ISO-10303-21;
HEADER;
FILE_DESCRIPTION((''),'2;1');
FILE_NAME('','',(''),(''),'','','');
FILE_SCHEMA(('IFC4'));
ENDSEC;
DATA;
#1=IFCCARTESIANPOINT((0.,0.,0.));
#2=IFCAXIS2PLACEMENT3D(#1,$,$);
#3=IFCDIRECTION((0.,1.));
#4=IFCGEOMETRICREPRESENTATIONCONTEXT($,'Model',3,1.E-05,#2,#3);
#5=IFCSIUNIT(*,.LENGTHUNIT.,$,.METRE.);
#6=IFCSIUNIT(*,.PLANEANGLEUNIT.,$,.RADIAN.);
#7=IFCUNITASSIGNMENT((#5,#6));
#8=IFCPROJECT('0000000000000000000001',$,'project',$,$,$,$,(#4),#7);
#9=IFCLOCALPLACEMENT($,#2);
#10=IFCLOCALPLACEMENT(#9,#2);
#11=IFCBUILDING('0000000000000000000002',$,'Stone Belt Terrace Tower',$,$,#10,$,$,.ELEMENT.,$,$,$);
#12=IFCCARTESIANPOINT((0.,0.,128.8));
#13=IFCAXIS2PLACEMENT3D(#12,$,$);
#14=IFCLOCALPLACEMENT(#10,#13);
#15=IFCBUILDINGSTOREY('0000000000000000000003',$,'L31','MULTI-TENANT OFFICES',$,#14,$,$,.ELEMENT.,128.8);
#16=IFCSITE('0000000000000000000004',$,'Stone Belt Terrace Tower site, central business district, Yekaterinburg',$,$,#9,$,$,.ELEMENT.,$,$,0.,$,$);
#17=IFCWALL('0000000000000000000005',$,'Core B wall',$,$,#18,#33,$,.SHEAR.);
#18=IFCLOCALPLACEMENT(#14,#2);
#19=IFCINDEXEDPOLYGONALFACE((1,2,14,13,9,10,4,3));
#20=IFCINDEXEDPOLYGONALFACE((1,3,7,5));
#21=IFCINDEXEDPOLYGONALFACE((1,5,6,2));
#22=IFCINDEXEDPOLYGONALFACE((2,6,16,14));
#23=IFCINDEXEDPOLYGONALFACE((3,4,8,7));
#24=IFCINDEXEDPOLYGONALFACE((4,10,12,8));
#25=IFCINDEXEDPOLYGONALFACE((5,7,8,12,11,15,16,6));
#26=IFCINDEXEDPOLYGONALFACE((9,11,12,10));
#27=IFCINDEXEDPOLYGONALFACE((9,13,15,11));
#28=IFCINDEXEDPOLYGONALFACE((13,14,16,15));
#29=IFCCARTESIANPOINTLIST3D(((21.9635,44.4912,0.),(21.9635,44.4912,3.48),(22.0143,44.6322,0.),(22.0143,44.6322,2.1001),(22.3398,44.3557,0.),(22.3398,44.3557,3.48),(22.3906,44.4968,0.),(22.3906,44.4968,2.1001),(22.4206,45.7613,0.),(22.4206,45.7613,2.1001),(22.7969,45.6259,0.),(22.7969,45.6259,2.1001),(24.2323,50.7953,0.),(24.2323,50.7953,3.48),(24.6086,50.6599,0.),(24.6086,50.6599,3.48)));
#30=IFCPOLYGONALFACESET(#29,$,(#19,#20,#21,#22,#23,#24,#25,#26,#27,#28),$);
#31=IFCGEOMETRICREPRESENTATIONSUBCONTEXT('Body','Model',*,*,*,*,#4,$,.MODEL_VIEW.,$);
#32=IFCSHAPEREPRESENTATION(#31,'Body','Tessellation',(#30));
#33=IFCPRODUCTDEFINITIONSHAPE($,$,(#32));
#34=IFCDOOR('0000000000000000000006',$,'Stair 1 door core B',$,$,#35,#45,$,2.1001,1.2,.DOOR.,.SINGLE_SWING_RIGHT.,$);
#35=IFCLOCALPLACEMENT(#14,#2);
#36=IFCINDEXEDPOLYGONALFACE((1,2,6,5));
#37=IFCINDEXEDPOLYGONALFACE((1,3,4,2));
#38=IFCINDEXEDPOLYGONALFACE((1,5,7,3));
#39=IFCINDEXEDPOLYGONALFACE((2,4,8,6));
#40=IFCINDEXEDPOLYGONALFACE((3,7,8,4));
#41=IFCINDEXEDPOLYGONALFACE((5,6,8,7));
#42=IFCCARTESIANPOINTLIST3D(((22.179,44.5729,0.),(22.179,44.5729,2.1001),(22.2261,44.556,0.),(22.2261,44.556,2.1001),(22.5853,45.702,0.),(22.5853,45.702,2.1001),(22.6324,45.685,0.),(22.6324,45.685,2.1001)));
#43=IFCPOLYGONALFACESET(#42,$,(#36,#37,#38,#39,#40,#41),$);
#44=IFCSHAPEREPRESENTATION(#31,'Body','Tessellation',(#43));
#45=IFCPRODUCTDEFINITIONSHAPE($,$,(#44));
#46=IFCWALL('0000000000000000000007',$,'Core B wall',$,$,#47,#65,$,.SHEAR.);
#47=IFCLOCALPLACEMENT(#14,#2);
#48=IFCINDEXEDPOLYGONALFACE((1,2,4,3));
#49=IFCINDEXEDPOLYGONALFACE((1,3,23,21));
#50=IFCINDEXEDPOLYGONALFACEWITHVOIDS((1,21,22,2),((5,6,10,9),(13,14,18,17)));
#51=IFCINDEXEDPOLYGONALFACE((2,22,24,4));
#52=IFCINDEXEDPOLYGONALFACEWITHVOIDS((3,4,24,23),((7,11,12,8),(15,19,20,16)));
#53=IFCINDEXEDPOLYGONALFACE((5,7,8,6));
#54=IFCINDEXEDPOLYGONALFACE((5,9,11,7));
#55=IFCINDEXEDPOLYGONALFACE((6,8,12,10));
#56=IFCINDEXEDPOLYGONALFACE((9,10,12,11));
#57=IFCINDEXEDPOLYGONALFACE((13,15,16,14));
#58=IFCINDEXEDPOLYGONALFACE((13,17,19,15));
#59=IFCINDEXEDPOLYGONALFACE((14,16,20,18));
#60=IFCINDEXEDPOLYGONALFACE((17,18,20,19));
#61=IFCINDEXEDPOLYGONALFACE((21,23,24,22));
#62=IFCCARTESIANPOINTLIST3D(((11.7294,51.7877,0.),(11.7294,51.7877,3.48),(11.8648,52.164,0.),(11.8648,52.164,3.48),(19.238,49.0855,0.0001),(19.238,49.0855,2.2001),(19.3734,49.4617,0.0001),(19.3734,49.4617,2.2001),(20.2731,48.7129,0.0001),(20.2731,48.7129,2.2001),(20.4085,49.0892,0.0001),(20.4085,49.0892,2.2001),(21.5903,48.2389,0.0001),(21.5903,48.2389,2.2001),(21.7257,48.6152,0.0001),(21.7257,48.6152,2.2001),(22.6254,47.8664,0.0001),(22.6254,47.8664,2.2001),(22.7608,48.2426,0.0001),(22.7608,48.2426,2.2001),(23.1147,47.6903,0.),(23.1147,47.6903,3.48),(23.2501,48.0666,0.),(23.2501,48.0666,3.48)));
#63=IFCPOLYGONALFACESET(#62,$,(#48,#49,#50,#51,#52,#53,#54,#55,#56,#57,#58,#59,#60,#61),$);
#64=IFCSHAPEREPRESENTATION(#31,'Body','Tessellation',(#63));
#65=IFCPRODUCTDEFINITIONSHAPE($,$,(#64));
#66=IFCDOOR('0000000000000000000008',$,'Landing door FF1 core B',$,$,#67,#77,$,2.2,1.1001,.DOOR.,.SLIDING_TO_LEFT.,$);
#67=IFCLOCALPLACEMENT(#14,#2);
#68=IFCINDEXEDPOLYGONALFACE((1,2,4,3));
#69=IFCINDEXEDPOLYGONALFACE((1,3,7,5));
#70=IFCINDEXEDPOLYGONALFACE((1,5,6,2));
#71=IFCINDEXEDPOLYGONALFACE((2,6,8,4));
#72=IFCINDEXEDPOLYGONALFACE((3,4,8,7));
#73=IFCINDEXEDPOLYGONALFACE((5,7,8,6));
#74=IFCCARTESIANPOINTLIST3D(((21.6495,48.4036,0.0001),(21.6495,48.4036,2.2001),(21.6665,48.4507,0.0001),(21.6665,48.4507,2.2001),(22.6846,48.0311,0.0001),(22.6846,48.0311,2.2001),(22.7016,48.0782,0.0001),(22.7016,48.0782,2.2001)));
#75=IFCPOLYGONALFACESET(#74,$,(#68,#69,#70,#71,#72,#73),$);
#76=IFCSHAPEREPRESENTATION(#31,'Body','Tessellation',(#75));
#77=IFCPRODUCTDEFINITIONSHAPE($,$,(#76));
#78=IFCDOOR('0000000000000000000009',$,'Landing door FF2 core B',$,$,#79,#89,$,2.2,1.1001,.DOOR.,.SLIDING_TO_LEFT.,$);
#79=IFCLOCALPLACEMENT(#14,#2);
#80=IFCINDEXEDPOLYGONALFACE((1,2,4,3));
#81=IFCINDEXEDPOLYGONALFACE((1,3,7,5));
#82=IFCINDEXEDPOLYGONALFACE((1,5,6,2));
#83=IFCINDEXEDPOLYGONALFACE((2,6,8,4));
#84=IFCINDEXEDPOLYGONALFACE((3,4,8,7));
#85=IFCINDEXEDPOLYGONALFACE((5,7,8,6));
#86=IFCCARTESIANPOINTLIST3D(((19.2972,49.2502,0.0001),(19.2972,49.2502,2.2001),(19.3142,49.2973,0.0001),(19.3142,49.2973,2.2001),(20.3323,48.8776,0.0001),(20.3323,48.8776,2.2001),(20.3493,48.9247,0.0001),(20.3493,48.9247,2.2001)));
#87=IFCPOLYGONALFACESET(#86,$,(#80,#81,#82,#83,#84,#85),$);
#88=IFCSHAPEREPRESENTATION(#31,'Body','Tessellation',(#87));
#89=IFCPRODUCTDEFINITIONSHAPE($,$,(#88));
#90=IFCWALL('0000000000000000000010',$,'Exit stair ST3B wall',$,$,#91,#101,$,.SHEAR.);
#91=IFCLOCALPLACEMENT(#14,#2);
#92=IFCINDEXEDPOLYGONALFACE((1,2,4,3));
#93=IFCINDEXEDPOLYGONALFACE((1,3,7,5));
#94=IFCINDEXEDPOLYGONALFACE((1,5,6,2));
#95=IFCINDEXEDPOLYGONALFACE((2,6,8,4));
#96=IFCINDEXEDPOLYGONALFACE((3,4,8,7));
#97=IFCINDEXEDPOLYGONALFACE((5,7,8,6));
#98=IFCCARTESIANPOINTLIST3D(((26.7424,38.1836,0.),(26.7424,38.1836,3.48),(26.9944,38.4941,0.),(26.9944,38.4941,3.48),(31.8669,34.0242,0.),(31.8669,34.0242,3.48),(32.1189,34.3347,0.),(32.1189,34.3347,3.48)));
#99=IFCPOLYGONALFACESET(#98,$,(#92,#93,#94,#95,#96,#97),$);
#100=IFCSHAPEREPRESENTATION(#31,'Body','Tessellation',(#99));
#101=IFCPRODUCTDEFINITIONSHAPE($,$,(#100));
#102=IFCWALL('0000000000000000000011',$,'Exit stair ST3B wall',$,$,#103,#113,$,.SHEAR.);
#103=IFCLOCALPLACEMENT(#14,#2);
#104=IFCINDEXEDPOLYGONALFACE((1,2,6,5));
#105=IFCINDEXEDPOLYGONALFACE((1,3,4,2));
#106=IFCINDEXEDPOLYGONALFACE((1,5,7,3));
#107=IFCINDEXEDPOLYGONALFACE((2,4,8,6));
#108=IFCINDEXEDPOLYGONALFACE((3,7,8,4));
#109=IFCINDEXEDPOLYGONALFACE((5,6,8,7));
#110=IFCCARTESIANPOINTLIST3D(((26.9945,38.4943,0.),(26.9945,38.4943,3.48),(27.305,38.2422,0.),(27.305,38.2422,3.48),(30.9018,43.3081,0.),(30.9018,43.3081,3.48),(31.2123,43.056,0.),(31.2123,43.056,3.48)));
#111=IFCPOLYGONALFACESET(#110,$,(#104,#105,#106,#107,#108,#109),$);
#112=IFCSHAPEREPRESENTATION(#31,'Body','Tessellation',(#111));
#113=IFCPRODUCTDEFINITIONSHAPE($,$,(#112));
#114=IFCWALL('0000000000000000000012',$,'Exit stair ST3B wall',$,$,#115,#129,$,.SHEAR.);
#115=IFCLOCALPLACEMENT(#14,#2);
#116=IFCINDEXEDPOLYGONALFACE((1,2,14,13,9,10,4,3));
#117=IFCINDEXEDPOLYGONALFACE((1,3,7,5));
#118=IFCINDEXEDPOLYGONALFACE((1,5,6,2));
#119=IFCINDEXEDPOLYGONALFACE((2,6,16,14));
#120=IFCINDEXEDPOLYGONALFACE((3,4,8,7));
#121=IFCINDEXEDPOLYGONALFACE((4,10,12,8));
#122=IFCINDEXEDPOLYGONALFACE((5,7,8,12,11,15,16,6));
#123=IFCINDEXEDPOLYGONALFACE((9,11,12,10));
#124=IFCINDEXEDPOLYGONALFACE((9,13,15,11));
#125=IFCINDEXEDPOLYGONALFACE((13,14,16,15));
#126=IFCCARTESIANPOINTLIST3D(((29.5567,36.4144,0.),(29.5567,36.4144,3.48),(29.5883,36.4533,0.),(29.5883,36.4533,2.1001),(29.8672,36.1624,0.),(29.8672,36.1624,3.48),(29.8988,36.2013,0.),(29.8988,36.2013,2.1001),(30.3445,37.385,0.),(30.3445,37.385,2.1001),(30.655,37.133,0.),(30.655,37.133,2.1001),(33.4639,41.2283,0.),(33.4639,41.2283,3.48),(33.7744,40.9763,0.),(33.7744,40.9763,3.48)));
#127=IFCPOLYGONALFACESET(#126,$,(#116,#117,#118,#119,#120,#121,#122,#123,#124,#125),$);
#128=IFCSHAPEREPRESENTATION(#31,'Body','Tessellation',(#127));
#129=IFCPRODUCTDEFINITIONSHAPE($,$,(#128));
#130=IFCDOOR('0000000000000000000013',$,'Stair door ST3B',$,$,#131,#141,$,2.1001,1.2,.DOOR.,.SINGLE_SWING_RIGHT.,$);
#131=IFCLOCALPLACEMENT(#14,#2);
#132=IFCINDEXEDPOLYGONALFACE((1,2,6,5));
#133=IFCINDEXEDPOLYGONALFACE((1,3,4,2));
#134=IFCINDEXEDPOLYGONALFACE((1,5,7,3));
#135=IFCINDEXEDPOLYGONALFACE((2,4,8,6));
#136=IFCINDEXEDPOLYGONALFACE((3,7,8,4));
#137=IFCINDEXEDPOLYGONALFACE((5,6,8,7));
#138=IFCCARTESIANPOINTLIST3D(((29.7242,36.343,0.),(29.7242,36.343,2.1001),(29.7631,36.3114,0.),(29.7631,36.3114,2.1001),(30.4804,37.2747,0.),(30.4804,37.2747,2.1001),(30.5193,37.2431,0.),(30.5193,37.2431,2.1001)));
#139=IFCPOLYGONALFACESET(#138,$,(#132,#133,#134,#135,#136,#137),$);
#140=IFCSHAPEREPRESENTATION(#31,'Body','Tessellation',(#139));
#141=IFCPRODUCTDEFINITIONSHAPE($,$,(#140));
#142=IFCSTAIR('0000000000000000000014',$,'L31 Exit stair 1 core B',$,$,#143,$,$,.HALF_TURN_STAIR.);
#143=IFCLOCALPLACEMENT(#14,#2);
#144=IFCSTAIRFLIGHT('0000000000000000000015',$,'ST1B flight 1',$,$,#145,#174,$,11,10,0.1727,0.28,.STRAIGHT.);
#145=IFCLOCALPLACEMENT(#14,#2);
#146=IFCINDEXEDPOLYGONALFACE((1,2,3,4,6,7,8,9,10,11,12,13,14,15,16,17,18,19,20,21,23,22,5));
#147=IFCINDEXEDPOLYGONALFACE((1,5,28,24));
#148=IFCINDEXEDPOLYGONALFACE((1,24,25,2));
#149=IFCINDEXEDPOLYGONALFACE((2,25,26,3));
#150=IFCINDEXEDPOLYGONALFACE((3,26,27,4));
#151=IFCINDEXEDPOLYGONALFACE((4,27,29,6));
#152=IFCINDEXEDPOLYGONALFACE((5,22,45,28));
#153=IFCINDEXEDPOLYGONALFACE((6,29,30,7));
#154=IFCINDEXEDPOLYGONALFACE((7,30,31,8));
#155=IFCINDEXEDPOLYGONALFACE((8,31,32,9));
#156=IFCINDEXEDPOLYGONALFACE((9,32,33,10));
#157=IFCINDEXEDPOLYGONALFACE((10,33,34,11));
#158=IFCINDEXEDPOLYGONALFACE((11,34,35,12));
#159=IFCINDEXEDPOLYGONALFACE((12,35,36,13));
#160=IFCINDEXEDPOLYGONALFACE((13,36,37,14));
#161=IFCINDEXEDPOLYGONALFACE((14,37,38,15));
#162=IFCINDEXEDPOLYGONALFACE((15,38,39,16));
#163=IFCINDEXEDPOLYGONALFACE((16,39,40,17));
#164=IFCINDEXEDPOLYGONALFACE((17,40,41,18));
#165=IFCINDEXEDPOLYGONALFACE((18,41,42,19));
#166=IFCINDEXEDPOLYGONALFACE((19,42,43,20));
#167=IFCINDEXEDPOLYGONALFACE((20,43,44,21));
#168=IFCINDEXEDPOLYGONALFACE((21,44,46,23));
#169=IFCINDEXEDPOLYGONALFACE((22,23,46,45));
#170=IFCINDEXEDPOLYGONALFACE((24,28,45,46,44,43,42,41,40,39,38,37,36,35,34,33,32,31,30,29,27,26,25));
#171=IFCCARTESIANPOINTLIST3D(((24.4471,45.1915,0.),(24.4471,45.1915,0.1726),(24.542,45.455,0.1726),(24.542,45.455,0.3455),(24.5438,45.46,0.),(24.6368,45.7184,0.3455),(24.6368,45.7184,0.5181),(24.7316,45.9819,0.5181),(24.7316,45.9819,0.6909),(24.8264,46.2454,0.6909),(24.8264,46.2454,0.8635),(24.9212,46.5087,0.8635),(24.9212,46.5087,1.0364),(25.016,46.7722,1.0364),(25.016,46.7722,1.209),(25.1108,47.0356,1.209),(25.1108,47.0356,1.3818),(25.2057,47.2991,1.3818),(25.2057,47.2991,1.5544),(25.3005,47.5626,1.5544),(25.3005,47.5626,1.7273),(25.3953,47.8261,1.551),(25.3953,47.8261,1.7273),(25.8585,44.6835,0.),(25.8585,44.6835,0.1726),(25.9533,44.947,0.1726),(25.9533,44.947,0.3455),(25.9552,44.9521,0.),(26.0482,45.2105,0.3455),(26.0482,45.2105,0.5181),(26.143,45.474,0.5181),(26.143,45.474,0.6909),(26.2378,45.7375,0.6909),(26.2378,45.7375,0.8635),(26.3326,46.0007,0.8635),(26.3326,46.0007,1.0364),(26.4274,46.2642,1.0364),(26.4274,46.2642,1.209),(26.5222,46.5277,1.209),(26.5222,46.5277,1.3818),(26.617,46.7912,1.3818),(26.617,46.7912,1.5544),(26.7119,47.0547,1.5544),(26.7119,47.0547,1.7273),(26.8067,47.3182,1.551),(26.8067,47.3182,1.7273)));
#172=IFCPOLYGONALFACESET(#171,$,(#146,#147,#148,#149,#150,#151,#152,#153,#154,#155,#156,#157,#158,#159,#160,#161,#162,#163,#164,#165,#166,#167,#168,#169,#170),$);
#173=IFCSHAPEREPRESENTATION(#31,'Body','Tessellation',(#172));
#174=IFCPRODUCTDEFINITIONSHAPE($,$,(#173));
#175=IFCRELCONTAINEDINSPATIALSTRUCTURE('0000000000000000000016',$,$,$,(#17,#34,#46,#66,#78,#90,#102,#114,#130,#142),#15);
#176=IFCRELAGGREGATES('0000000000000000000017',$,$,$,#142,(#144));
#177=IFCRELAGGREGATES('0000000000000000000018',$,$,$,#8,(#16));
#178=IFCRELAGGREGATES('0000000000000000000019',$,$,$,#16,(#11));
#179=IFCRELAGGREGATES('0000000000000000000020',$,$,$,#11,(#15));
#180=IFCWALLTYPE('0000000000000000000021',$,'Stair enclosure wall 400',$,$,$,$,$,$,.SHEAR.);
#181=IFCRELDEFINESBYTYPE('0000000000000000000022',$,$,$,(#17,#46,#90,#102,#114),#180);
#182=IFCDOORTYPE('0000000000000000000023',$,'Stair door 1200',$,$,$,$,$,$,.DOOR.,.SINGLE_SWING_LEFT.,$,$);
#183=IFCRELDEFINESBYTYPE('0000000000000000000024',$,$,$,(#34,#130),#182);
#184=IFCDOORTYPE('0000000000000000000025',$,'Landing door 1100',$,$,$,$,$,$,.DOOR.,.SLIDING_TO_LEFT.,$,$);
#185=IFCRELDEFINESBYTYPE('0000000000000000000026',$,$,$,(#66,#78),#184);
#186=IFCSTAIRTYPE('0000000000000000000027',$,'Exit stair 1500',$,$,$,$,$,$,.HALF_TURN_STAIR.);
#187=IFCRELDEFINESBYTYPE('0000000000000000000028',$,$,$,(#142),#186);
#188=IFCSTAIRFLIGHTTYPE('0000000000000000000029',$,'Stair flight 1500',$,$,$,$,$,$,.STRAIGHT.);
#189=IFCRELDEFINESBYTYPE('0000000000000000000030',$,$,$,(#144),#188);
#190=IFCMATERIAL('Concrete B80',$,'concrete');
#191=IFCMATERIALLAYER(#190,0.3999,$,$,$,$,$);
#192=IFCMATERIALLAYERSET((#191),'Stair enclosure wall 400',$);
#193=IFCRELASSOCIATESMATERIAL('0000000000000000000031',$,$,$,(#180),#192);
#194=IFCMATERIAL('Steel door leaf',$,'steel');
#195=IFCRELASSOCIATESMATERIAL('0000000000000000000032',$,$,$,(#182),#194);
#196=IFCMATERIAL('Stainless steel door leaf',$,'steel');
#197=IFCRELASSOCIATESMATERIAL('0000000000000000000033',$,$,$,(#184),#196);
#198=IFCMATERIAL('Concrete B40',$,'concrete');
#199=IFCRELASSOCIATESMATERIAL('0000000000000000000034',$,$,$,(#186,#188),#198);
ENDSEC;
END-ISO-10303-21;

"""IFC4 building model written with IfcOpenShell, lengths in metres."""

from ifc_helpers import new_model, si_unit, direction, frame, frame_2d, origin, place, context, subcontext, project, spatial, polyline, rectangle, outline, extrude, material, layer, layer_set, type_object, element, fill, aggregate, save


model = new_model("IFC4")

# Units and contexts
model_context = context("Model", 3, precision=1e-05, world=origin(), true_north=direction((0.0, 1.0)))
body_context = subcontext(model_context, "Body", "Model", "MODEL_VIEW")
ifc_project = project(units=[si_unit("LENGTHUNIT", "METRE"), si_unit("PLANEANGLEUNIT", "RADIAN")], contexts=[model_context])

# Site, building, storey
site_placement = place(None, origin())
site = spatial("IfcSite", under=ifc_project, at=site_placement, Name="Stone Belt Terrace Tower site, central business district, Yekaterinburg", CompositionType="ELEMENT", RefElevation=0.0)
building_placement = place(site_placement, origin())
building = spatial("IfcBuilding", under=site, at=building_placement, Name="Stone Belt Terrace Tower", CompositionType="ELEMENT")
storey_placement = place(building_placement, frame((0.0, 0.0, 128.8)))
storey = spatial("IfcBuildingStorey", under=building, at=storey_placement, Name="L31", Description="MULTI-TENANT OFFICES", CompositionType="ELEMENT", Elevation=128.8)

# Shared definitions
ifc_material_1 = material(Name="Concrete B80", Category="concrete")

# Wall, opening, door
ifc_layer_1 = layer(ifc_material_1, 0.3999)
ifc_layer_set_1 = layer_set([ifc_layer_1], Name="Stair enclosure wall 400")
wall_type_1 = type_object("IfcWallType", Name="Stair enclosure wall 400", PredefinedType="SHEAR", material=ifc_layer_set_1)
wall_1_placement = place(storey_placement, frame((22.1516, 44.4233, 0.0), z_axis=(0.0, 0.0, 1.0), x_axis=(0.338625, 0.940921, 0.0)))
wall_1 = element("IfcWall", 1, at=wall_1_placement, inside=storey, type_object=wall_type_1, Name="Core B wall", PredefinedType="SHEAR", context=body_context, shape_type="SweptSolid", body=[
    extrude(rectangle(XDim=6.7, YDim=0.3999, at=frame_2d((3.3501, 0.0))), origin(), (0.0, 0.0, 1.0), 3.48),
])
opening_1_placement = place(wall_1_placement, frame((0.1499, 0.0, 0.0)))
opening_1 = element("IfcOpeningElement", 2, at=opening_1_placement, cuts=wall_1, PredefinedType="OPENING", context=body_context, shape_type="SweptSolid", body=[
    extrude(rectangle(XDim=1.2, YDim=2.1001, at=frame_2d((0.6001, 1.05))), frame((0.0, 0.21, 0.0), z_axis=(0.0, -1.0, 0.0), x_axis=(1.0, 0.0, 0.0)), (0.0, 0.0, 1.0), 0.4199),
])
ifc_material_2 = material(Name="Steel door leaf", Category="steel")
door_type_1 = type_object("IfcDoorType", Name="Stair door 1200", OperationType="SINGLE_SWING_LEFT", PredefinedType="DOOR", material=ifc_material_2)
door_1_placement = place(opening_1_placement, origin())
door_1 = element("IfcDoor", 3, at=door_1_placement, inside=storey, type_object=door_type_1, Name="Stair 1 door core B", OperationType="SINGLE_SWING_RIGHT", OverallHeight=2.1001, OverallWidth=1.2, PredefinedType="DOOR", context=body_context, shape_type="SweptSolid", body=[
    extrude(rectangle(XDim=1.2, YDim=2.1001, at=frame_2d((0.6001, 1.05))), frame((0.0, 0.0249, 0.0), z_axis=(0.0, -1.0, 0.0), x_axis=(1.0, 0.0, 0.0)), (0.0, 0.0, 1.0), 0.05),
])
fill(opening_1, door_1)

# Wall, openings, doors
wall_2_placement = place(storey_placement, frame((23.1824, 47.8784, 0.0), z_axis=(0.0, 0.0, 1.0), x_axis=(-0.940921, 0.338626, 0.0)))
wall_2 = element("IfcWall", 4, at=wall_2_placement, inside=storey, type_object=wall_type_1, Name="Core B wall", PredefinedType="SHEAR", context=body_context, shape_type="SweptSolid", body=[
    extrude(rectangle(XDim=12.1001, YDim=0.3999, at=frame_2d((6.05, 0.0))), origin(), (0.0, 0.0, 1.0), 3.48),
])
opening_2_placement = place(wall_2_placement, frame((0.52, 0.0, 0.0)))
opening_2 = element("IfcOpeningElement", 5, at=opening_2_placement, cuts=wall_2, PredefinedType="OPENING", context=body_context, shape_type="SweptSolid", body=[
    extrude(rectangle(XDim=1.1001, YDim=2.2, at=frame_2d((0.55, 1.1001))), frame((0.0, 0.21, 0.0), z_axis=(0.0, -1.0, 0.0), x_axis=(1.0, 0.0, 0.0)), (0.0, 0.0, 1.0), 0.4199),
])
opening_3_placement = place(wall_2_placement, frame((3.02, 0.0, 0.0)))
opening_3 = element("IfcOpeningElement", 6, at=opening_3_placement, cuts=wall_2, PredefinedType="OPENING", context=body_context, shape_type="SweptSolid", body=[
    extrude(rectangle(XDim=1.1001, YDim=2.2, at=frame_2d((0.55, 1.1001))), frame((0.0, 0.21, 0.0), z_axis=(0.0, -1.0, 0.0), x_axis=(1.0, 0.0, 0.0)), (0.0, 0.0, 1.0), 0.4199),
])
ifc_material_3 = material(Name="Stainless steel door leaf", Category="steel")
door_type_2 = type_object("IfcDoorType", Name="Landing door 1100", OperationType="SLIDING_TO_LEFT", PredefinedType="DOOR", material=ifc_material_3)
door_2_placement = place(opening_2_placement, origin())
door_2 = element("IfcDoor", 7, at=door_2_placement, inside=storey, type_object=door_type_2, Name="Landing door FF1 core B", OperationType="SLIDING_TO_LEFT", OverallHeight=2.2, OverallWidth=1.1001, PredefinedType="DOOR", context=body_context, shape_type="SweptSolid", body=[
    extrude(rectangle(XDim=1.1001, YDim=2.2, at=frame_2d((0.55, 1.1001))), frame((0.0, 0.0249, 0.0), z_axis=(0.0, -1.0, 0.0), x_axis=(1.0, 0.0, 0.0)), (0.0, 0.0, 1.0), 0.05),
])
fill(opening_2, door_2)
door_3_placement = place(opening_3_placement, origin())
door_3 = element("IfcDoor", 8, at=door_3_placement, inside=storey, type_object=door_type_2, Name="Landing door FF2 core B", OperationType="SLIDING_TO_LEFT", OverallHeight=2.2, OverallWidth=1.1001, PredefinedType="DOOR", context=body_context, shape_type="SweptSolid", body=[
    extrude(rectangle(XDim=1.1001, YDim=2.2, at=frame_2d((0.55, 1.1001))), frame((0.0, 0.0249, 0.0), z_axis=(0.0, -1.0, 0.0), x_axis=(1.0, 0.0, 0.0)), (0.0, 0.0, 1.0), 0.05),
])
fill(opening_3, door_3)

# Walls
wall_3_placement = place(storey_placement, frame((26.8684, 38.3389, 0.0), z_axis=(0.0, 0.0, 1.0), x_axis=(0.776428, -0.630205, 0.0)))
element("IfcWall", 9, at=wall_3_placement, inside=storey, type_object=wall_type_1, Name="Exit stair ST3B wall", PredefinedType="SHEAR", context=body_context, shape_type="SweptSolid", body=[
    extrude(rectangle(XDim=6.6001, YDim=0.3999, at=frame_2d((3.3, 0.0))), origin(), (0.0, 0.0, 1.0), 3.48),
])
wall_4_placement = place(storey_placement, frame((27.1497, 38.3682, 0.0), z_axis=(0.0, 0.0, 1.0), x_axis=(0.630212, 0.776423, 0.0)))
element("IfcWall", 10, at=wall_4_placement, inside=storey, type_object=wall_type_1, Name="Exit stair ST3B wall", PredefinedType="SHEAR", context=body_context, shape_type="SweptSolid", body=[
    extrude(rectangle(XDim=6.2, YDim=0.3999, at=frame_2d((3.1001, 0.0))), origin(), (0.0, 0.0, 1.0), 3.48),
])

# Wall, opening, door
wall_5_placement = place(storey_placement, frame((29.7119, 36.2883, 0.0), z_axis=(0.0, 0.0, 1.0), x_axis=(0.630192, 0.776439, 0.0)))
wall_5 = element("IfcWall", 11, at=wall_5_placement, inside=storey, type_object=wall_type_1, Name="Exit stair ST3B wall", PredefinedType="SHEAR", context=body_context, shape_type="SweptSolid", body=[
    extrude(rectangle(XDim=6.2, YDim=0.3999, at=frame_2d((3.1001, 0.0))), origin(), (0.0, 0.0, 1.0), 3.48),
])
opening_4_placement = place(wall_5_placement, frame((0.05, 0.0, 0.0)))
opening_4 = element("IfcOpeningElement", 12, at=opening_4_placement, cuts=wall_5, PredefinedType="OPENING", context=body_context, shape_type="SweptSolid", body=[
    extrude(rectangle(XDim=1.2, YDim=2.1001, at=frame_2d((0.6001, 1.05))), frame((0.0, 0.21, 0.0), z_axis=(0.0, -1.0, 0.0), x_axis=(1.0, 0.0, 0.0)), (0.0, 0.0, 1.0), 0.4199),
])
door_4_placement = place(opening_4_placement, origin())
door_4 = element("IfcDoor", 13, at=door_4_placement, inside=storey, type_object=door_type_1, Name="Stair door ST3B", OperationType="SINGLE_SWING_RIGHT", OverallHeight=2.1001, OverallWidth=1.2, PredefinedType="DOOR", context=body_context, shape_type="SweptSolid", body=[
    extrude(rectangle(XDim=1.2, YDim=2.1001, at=frame_2d((0.6001, 1.05))), frame((0.0, 0.0249, 0.0), z_axis=(0.0, -1.0, 0.0), x_axis=(1.0, 0.0, 0.0)), (0.0, 0.0, 1.0), 0.05),
])
fill(opening_4, door_4)

# Stair, stair flight
ifc_material_4 = material(Name="Concrete B40", Category="concrete")
stair_type = type_object("IfcStairType", Name="Exit stair 1500", PredefinedType="HALF_TURN_STAIR", material=ifc_material_4)
stair_1_placement = place(storey_placement, origin())
stair_1 = element("IfcStair", 14, at=stair_1_placement, inside=storey, type_object=stair_type, Name="L31 Exit stair 1 core B", PredefinedType="HALF_TURN_STAIR")
stair_flight_type = type_object("IfcStairFlightType", Name="Stair flight 1500", PredefinedType="STRAIGHT", material=ifc_material_4)
stair_flight_1_placement = place(storey_placement, frame((25.1528, 44.9375, 0.0), z_axis=(0.0, 0.0, 1.0), x_axis=(0.338624, 0.940922, 0.0)))
stair_flight_1 = element("IfcStairFlight", 15, at=stair_flight_1_placement, type_object=stair_flight_type, Name="ST1B flight 1", NumberOfRisers=11, NumberOfTreads=10, PredefinedType="STRAIGHT", RiserHeight=0.1727, TreadLength=0.28, context=body_context, shape_type="SweptSolid", body=[
    extrude(outline(polyline([(0.0, 0.0), (0.0, 0.1726), (0.28, 0.1726), (0.28, 0.3455), (0.5601, 0.3455), (0.5601, 0.5181), (0.8401, 0.5181), (0.8401, 0.6909), (1.1201, 0.6909), (1.1201, 0.8635), (1.3999, 0.8635), (1.3999, 1.0364), (1.6799, 1.0364), (1.6799, 1.209), (1.96, 1.209), (1.96, 1.3818), (2.24, 1.3818), (2.24, 1.5544), (2.52, 1.5544), (2.52, 1.7273), (2.8, 1.7273), (2.8, 1.8999), (2.8, 1.551), (0.2854, 0.0), (0.0, 0.0)])), frame((0.0, 0.75, 0.0), z_axis=(0.0, -1.0, 0.0), x_axis=(1.0, 0.0, 0.0)), (0.0, 0.0, 1.0), 1.5),
])
aggregate(stair_1, [stair_flight_1])

save(model, "model.ifc")
